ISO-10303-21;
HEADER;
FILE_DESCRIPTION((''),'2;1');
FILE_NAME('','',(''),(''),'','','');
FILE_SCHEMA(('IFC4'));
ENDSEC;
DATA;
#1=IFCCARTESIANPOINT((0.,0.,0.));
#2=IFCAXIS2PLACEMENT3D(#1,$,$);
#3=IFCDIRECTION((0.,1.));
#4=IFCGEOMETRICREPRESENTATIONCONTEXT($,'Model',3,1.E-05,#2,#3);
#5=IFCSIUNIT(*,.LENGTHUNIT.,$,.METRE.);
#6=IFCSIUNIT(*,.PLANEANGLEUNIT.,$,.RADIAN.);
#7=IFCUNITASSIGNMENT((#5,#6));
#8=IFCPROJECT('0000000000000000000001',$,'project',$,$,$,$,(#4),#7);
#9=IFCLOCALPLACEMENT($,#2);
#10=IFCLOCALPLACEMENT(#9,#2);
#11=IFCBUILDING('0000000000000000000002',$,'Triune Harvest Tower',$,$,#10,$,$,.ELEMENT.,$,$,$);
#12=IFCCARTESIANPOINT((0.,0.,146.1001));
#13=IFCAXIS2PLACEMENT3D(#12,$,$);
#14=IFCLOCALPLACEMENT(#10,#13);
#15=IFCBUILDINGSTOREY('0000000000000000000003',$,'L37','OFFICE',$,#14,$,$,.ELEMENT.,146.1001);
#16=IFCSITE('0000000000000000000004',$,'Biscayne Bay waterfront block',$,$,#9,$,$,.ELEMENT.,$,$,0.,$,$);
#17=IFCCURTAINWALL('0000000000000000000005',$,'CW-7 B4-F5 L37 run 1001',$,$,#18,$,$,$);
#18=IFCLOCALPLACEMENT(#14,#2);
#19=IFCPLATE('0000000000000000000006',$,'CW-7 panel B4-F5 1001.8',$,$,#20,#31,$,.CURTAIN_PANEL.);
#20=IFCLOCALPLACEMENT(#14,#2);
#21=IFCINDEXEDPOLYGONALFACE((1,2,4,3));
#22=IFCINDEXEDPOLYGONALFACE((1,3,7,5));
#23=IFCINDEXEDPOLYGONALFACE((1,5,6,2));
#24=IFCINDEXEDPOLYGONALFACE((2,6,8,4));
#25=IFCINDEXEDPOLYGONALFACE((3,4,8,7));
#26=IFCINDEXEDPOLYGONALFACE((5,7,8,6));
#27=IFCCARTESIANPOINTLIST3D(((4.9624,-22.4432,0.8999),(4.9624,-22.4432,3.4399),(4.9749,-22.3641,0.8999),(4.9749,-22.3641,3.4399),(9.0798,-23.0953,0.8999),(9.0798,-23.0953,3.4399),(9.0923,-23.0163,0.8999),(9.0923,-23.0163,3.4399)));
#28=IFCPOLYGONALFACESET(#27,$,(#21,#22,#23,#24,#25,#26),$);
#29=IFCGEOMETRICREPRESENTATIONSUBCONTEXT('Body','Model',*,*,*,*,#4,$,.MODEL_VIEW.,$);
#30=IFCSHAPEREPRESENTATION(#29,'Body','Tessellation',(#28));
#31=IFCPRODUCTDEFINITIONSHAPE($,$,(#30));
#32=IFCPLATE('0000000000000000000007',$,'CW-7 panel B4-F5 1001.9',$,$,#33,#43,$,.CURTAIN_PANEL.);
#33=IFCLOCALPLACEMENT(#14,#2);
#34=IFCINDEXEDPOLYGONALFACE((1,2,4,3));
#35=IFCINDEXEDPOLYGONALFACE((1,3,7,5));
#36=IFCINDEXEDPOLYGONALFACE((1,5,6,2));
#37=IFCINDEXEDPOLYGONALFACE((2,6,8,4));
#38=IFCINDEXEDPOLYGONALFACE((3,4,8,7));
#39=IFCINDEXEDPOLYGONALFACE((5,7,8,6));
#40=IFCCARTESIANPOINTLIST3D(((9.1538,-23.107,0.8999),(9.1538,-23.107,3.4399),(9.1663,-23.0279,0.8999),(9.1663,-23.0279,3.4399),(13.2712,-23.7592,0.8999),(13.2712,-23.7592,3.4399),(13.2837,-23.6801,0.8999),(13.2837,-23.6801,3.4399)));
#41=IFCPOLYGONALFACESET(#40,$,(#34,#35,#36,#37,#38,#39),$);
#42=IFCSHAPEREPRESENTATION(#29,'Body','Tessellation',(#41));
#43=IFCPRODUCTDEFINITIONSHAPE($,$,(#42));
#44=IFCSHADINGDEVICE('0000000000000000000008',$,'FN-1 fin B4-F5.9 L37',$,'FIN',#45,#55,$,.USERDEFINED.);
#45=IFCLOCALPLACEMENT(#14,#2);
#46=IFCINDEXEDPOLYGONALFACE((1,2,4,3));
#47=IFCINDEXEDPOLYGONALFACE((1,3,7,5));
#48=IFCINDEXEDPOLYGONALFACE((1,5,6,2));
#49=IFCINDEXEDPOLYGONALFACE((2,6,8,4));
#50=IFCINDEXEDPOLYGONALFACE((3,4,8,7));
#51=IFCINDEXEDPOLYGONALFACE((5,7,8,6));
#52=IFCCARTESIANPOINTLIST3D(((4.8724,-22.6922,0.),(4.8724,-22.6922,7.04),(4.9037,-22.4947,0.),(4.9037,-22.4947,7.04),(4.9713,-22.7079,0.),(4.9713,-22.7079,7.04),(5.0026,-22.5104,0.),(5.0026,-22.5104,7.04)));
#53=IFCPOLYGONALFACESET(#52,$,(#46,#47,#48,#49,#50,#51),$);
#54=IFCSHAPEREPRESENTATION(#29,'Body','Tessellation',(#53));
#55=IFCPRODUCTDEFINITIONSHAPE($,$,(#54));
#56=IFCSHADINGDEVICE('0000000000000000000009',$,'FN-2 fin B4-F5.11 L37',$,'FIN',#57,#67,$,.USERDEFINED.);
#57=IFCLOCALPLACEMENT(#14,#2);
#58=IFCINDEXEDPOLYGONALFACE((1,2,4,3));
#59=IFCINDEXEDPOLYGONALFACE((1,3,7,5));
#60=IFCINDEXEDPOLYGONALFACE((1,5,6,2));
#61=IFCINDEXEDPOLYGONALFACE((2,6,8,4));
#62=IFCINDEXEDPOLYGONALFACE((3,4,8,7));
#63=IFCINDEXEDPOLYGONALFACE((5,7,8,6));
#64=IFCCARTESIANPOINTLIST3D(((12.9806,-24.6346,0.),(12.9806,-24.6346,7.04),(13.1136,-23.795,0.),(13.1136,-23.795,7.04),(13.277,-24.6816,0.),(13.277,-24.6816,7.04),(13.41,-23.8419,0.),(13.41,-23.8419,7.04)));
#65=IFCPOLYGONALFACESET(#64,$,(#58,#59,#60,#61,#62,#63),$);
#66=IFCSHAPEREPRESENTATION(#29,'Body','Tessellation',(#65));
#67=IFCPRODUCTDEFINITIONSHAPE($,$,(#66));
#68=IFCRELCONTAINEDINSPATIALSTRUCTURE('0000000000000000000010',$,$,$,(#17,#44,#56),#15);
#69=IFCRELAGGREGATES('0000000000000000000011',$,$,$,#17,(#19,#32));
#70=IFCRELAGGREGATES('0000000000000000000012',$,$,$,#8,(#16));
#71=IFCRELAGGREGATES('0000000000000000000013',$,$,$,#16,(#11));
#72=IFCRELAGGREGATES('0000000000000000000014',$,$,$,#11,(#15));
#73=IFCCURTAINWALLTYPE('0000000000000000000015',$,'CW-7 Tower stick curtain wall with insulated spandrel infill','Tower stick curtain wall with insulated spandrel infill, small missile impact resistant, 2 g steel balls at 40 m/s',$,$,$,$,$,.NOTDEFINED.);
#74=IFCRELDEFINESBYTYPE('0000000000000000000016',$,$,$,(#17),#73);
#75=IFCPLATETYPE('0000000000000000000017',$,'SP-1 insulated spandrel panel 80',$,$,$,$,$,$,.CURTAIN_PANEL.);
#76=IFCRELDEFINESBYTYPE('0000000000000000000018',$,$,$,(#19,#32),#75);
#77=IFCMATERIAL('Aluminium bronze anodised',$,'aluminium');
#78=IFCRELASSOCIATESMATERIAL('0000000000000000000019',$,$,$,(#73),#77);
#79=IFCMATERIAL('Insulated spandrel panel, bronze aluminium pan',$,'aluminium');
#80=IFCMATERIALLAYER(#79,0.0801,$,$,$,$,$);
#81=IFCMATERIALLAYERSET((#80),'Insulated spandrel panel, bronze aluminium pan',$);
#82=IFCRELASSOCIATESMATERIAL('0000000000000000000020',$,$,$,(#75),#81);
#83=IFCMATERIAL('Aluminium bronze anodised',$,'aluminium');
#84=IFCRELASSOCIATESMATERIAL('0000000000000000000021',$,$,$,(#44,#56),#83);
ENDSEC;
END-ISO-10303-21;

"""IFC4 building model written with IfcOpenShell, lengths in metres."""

from ifc_helpers import new_model, si_unit, direction, frame, origin, origin_2d, place, context, subcontext, project, spatial, rectangle, extrude, source, transform, mapped, material, layer, layer_set, type_object, element, aggregate, save


model = new_model("IFC4")

# Units and contexts
model_context = context("Model", 3, precision=1e-05, world=origin(), true_north=direction((0.0, 1.0)))
body_context = subcontext(model_context, "Body", "Model", "MODEL_VIEW")
ifc_project = project(units=[si_unit("LENGTHUNIT", "METRE"), si_unit("PLANEANGLEUNIT", "RADIAN")], contexts=[model_context])

# Site, building, storey
site_placement = place(None, origin())
site = spatial("IfcSite", under=ifc_project, at=site_placement, Name="Biscayne Bay waterfront block", CompositionType="ELEMENT", RefElevation=0.0)
building_placement = place(site_placement, origin())
building = spatial("IfcBuilding", under=site, at=building_placement, Name="Triune Harvest Tower", CompositionType="ELEMENT")
storey_placement = place(building_placement, frame((0.0, 0.0, 146.1001)))
storey = spatial("IfcBuildingStorey", under=building, at=storey_placement, Name="L37", Description="OFFICE", CompositionType="ELEMENT", Elevation=146.1001)

# Curtain wall
ifc_material_1 = material(Name="Aluminium bronze anodised", Category="aluminium")
curtain_wall_type_1 = type_object("IfcCurtainWallType", Name="CW-7 Tower stick curtain wall with insulated spandrel infill", Description="Tower stick curtain wall with insulated spandrel infill, small missile impact resistant, 2 g steel balls at 40 m/s", PredefinedType="NOTDEFINED", material=ifc_material_1)
curtain_wall_1_placement = place(storey_placement, origin())
curtain_wall_1 = element("IfcCurtainWall", 1, at=curtain_wall_1_placement, inside=storey, type_object=curtain_wall_type_1, Name="CW-7 B4-F5 L37 run 1001")

# Plates
ifc_material_2 = material(Name="Insulated spandrel panel, bronze aluminium pan", Category="aluminium")
ifc_layer = layer(ifc_material_2, 0.0801)
ifc_layer_set = layer_set([ifc_layer], Name="Insulated spandrel panel, bronze aluminium pan")
plate_type = type_object("IfcPlateType", Name="SP-1 insulated spandrel panel 80", PredefinedType="CURTAIN_PANEL", material=ifc_layer_set)
shared_shape_1 = source(origin(), body_context, "Body", "SweptSolid", [
    extrude(rectangle(XDim=4.1687, YDim=0.0801, at=origin_2d()), origin(), (0.0, 0.0, 1.0), 2.54),
])
plate_1_placement = place(storey_placement, frame((7.0273, -22.7297, 0.8999), z_axis=(0.0, 0.0, 1.0), x_axis=(0.987689, -0.156433, 0.0)))
plate_1 = element("IfcPlate", 2, at=plate_1_placement, type_object=plate_type, Name="CW-7 panel B4-F5 1001.8", PredefinedType="CURTAIN_PANEL", context=body_context, shape_type="MappedRepresentation", body=[
    mapped(shared_shape_1, transform((0.0, 0.0, 0.0), scale=1.0)),
])
plate_2_placement = place(storey_placement, frame((11.2188, -23.3936, 0.8999), z_axis=(0.0, 0.0, 1.0), x_axis=(0.987689, -0.156433, 0.0)))
plate_2 = element("IfcPlate", 3, at=plate_2_placement, type_object=plate_type, Name="CW-7 panel B4-F5 1001.9", PredefinedType="CURTAIN_PANEL", context=body_context, shape_type="MappedRepresentation", body=[
    mapped(shared_shape_1, transform((0.0, 0.0, 0.0), scale=1.0)),
])
aggregate(curtain_wall_1, [plate_1, plate_2])

# Shading devices
ifc_material_3 = material(Name="Aluminium bronze anodised", Category="aluminium")
shared_shape_2 = source(origin(), body_context, "Body", "SweptSolid", [
    extrude(rectangle(XDim=0.1001, YDim=0.2, at=origin_2d()), origin(), (0.0, 0.0, 1.0), 7.04),
])
shading_device_1_placement = place(storey_placement, frame((4.9375, -22.6013, 0.0), z_axis=(0.0, 0.0, 1.0), x_axis=(0.987688, -0.156435, 0.0)))
element("IfcShadingDevice", 4, at=shading_device_1_placement, inside=storey, material=ifc_material_3, Name="FN-1 fin B4-F5.9 L37", ObjectType="FIN", PredefinedType="USERDEFINED", context=body_context, shape_type="MappedRepresentation", body=[
    mapped(shared_shape_2, transform((0.0, 0.0, 0.0), scale=1.0)),
])
shared_shape_3 = source(origin(), body_context, "Body", "SweptSolid", [
    extrude(rectangle(XDim=0.3, YDim=0.8501, at=origin_2d()), origin(), (0.0, 0.0, 1.0), 7.04),
])
shading_device_2_placement = place(storey_placement, frame((13.1953, -24.2383, 0.0), z_axis=(0.0, 0.0, 1.0), x_axis=(0.987688, -0.156435, 0.0)))
element("IfcShadingDevice", 5, at=shading_device_2_placement, inside=storey, material=ifc_material_3, Name="FN-2 fin B4-F5.11 L37", ObjectType="FIN", PredefinedType="USERDEFINED", context=body_context, shape_type="MappedRepresentation", body=[
    mapped(shared_shape_3, transform((0.0, 0.0, 0.0), scale=1.0)),
])

save(model, "model.ifc")
